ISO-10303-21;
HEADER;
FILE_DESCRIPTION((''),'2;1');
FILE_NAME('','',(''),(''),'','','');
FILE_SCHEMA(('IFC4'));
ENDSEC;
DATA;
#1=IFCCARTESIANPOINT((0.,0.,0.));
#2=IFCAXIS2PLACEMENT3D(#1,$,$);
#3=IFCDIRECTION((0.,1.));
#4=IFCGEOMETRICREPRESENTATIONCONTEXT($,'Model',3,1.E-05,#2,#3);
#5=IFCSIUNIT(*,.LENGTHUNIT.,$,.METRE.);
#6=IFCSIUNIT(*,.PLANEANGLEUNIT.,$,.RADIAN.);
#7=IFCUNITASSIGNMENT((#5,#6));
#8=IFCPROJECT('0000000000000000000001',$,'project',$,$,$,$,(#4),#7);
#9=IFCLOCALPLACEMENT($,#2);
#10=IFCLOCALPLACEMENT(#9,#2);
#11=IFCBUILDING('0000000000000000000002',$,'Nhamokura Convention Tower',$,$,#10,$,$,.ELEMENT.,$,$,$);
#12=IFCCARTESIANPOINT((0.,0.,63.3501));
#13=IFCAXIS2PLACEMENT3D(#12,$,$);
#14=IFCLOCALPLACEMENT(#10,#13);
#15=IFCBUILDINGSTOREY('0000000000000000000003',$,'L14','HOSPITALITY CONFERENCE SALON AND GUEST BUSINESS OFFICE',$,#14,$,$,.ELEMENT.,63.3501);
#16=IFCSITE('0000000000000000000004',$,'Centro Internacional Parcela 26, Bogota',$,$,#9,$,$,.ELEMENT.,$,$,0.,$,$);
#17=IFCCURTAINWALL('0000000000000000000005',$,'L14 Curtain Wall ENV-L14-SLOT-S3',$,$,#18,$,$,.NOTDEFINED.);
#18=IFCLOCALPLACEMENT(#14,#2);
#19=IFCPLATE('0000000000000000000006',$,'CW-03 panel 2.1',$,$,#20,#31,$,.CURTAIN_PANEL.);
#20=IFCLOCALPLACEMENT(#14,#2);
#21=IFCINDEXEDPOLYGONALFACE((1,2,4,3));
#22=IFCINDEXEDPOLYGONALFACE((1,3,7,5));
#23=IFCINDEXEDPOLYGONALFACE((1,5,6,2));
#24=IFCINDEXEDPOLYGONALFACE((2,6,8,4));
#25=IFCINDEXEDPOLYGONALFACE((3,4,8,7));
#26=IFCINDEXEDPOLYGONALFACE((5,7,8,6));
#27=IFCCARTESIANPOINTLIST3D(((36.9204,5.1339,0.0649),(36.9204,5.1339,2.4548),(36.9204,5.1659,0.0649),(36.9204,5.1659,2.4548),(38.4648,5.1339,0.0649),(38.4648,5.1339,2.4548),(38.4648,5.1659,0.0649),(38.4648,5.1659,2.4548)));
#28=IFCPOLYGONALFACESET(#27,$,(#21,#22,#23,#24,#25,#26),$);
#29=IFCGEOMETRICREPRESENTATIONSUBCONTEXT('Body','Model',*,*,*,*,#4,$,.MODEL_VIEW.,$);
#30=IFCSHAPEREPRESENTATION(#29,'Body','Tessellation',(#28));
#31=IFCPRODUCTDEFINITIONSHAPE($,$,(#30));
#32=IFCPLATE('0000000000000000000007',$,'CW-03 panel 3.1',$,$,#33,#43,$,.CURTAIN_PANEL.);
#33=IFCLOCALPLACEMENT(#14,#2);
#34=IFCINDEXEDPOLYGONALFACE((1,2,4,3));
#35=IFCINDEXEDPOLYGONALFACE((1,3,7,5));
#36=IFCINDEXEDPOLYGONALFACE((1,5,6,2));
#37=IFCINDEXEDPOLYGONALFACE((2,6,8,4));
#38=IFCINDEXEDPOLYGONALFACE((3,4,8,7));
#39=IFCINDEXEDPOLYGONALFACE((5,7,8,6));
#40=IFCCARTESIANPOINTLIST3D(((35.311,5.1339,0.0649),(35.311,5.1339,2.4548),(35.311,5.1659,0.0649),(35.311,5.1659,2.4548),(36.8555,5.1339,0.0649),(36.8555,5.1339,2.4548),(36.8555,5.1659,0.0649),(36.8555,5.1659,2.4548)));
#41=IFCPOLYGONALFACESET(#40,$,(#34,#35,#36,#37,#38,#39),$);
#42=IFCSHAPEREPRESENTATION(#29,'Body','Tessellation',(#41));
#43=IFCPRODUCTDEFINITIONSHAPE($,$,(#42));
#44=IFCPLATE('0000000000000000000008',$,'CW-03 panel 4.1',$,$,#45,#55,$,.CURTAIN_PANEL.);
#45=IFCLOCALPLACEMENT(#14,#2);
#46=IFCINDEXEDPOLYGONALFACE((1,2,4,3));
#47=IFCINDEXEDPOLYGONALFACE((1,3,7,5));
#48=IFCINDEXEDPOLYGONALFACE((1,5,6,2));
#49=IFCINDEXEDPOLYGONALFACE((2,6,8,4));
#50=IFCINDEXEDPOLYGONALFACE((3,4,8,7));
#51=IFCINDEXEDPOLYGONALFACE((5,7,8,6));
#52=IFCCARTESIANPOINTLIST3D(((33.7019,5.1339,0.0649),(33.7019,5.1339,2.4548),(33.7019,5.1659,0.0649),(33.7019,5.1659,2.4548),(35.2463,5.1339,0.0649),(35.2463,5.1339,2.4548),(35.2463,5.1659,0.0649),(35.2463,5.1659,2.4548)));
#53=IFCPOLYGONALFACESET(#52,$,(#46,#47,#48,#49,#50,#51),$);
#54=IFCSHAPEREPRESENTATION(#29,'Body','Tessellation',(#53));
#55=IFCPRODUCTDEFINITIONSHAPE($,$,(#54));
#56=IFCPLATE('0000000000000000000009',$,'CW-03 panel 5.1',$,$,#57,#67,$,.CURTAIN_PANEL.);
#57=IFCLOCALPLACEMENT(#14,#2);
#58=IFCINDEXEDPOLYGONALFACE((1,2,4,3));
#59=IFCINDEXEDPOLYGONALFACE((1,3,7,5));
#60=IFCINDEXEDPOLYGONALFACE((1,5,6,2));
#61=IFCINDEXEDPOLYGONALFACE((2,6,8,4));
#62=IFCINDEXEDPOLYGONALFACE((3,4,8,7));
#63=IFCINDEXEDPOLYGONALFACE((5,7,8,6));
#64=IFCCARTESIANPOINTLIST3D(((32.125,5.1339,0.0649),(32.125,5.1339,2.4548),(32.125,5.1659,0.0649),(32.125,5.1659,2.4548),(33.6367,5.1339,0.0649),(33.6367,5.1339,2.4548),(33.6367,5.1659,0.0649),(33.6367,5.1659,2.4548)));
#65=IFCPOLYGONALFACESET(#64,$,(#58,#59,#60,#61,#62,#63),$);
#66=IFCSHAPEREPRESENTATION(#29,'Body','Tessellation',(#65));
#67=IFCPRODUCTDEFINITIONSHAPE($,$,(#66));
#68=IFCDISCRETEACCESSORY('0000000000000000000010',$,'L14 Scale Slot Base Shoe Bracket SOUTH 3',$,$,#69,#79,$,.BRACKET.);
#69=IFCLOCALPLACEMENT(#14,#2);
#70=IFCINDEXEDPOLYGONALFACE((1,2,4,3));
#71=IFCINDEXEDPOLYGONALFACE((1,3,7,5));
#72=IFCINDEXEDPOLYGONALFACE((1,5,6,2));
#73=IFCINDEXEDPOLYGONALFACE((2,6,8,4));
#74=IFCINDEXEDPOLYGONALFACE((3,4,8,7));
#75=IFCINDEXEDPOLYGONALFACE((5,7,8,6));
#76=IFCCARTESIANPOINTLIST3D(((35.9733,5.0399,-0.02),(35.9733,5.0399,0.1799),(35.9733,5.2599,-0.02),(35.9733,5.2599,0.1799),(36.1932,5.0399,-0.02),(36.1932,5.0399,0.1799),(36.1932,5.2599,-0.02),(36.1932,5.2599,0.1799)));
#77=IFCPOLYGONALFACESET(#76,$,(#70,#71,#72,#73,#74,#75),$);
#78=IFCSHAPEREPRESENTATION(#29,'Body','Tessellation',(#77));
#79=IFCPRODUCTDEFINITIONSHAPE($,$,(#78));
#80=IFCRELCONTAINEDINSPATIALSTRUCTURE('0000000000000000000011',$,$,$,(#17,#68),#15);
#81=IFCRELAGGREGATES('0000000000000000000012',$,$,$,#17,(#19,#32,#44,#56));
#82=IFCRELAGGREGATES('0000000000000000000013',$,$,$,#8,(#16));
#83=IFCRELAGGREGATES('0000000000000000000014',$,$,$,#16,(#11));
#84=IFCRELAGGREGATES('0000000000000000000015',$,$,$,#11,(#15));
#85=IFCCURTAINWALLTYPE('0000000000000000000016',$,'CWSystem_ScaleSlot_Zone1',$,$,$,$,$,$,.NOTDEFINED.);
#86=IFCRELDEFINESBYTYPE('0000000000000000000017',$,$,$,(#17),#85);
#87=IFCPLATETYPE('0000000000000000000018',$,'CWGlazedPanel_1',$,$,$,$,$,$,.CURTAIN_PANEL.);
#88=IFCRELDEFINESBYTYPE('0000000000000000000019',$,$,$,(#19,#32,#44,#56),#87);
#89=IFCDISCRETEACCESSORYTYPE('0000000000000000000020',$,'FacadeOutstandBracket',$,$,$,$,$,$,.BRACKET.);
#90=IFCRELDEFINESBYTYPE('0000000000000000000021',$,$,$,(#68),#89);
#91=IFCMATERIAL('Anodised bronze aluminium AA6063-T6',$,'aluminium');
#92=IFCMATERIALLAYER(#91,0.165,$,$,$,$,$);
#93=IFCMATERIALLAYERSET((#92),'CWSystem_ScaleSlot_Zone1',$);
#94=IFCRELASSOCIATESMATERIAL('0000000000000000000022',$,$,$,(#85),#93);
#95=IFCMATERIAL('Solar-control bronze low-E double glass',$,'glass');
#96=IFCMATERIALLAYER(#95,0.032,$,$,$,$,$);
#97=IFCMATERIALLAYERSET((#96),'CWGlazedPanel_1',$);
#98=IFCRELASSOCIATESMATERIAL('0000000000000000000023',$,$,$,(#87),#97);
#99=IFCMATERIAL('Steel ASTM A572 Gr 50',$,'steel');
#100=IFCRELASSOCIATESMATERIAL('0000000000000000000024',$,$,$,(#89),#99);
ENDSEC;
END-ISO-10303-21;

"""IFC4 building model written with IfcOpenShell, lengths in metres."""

from ifc_helpers import new_model, si_unit, direction, frame, origin, origin_2d, place, context, subcontext, project, spatial, rectangle, extrude, material, layer, layer_set, type_object, element, aggregate, save


model = new_model("IFC4")

# Units and contexts
model_context = context("Model", 3, precision=1e-05, world=origin(), true_north=direction((0.0, 1.0)))
body_context = subcontext(model_context, "Body", "Model", "MODEL_VIEW")
ifc_project = project(units=[si_unit("LENGTHUNIT", "METRE"), si_unit("PLANEANGLEUNIT", "RADIAN")], contexts=[model_context])

# Site, building, storey
site_placement = place(None, origin())
site = spatial("IfcSite", under=ifc_project, at=site_placement, Name="Centro Internacional Parcela 26, Bogota", CompositionType="ELEMENT", RefElevation=0.0)
building_placement = place(site_placement, origin())
building = spatial("IfcBuilding", under=site, at=building_placement, Name="Nhamokura Convention Tower", CompositionType="ELEMENT")
storey_placement = place(building_placement, frame((0.0, 0.0, 63.3501)))
storey = spatial("IfcBuildingStorey", under=building, at=storey_placement, Name="L14", Description="HOSPITALITY CONFERENCE SALON AND GUEST BUSINESS OFFICE", CompositionType="ELEMENT", Elevation=63.3501)

# Curtain wall
ifc_material_1 = material(Name="Anodised bronze aluminium AA6063-T6", Category="aluminium")
ifc_layer_1 = layer(ifc_material_1, 0.165)
ifc_layer_set_1 = layer_set([ifc_layer_1], Name="CWSystem_ScaleSlot_Zone1")
curtain_wall_type = type_object("IfcCurtainWallType", Name="CWSystem_ScaleSlot_Zone1", PredefinedType="NOTDEFINED", material=ifc_layer_set_1)
curtain_wall_placement = place(storey_placement, origin())
curtain_wall = element("IfcCurtainWall", 1, at=curtain_wall_placement, inside=storey, type_object=curtain_wall_type, Name="L14 Curtain Wall ENV-L14-SLOT-S3", PredefinedType="NOTDEFINED")

# Plates
ifc_material_2 = material(Name="Solar-control bronze low-E double glass", Category="glass")
ifc_layer_2 = layer(ifc_material_2, 0.032)
ifc_layer_set_2 = layer_set([ifc_layer_2], Name="CWGlazedPanel_1")
plate_type = type_object("IfcPlateType", Name="CWGlazedPanel_1", PredefinedType="CURTAIN_PANEL", material=ifc_layer_set_2)
plate_1_placement = place(storey_placement, frame((37.6926, 5.1499, 0.0649), z_axis=(0.0, 0.0, 1.0), x_axis=(-1.0, 0.0, 0.0)))
plate_1 = element("IfcPlate", 2, at=plate_1_placement, type_object=plate_type, Name="CW-03 panel 2.1", PredefinedType="CURTAIN_PANEL", context=body_context, shape_type="SweptSolid", body=[
    extrude(rectangle(XDim=1.5444, YDim=0.032, at=origin_2d()), origin(), (0.0, 0.0, 1.0), 2.3899),
])
plate_2_placement = place(storey_placement, frame((36.0833, 5.1499, 0.0649), z_axis=(0.0, 0.0, 1.0), x_axis=(-1.0, 0.0, 0.0)))
plate_2 = element("IfcPlate", 3, at=plate_2_placement, type_object=plate_type, Name="CW-03 panel 3.1", PredefinedType="CURTAIN_PANEL", context=body_context, shape_type="SweptSolid", body=[
    extrude(rectangle(XDim=1.5444, YDim=0.032, at=origin_2d()), origin(), (0.0, 0.0, 1.0), 2.3899),
])
plate_3_placement = place(storey_placement, frame((34.4741, 5.1499, 0.0649), z_axis=(0.0, 0.0, 1.0), x_axis=(-1.0, 0.0, 0.0)))
plate_3 = element("IfcPlate", 4, at=plate_3_placement, type_object=plate_type, Name="CW-03 panel 4.1", PredefinedType="CURTAIN_PANEL", context=body_context, shape_type="SweptSolid", body=[
    extrude(rectangle(XDim=1.5444, YDim=0.032, at=origin_2d()), origin(), (0.0, 0.0, 1.0), 2.3899),
])
plate_4_placement = place(storey_placement, frame((32.8809, 5.1499, 0.0649), z_axis=(0.0, 0.0, 1.0), x_axis=(-1.0, 0.0, 0.0)))
plate_4 = element("IfcPlate", 5, at=plate_4_placement, type_object=plate_type, Name="CW-03 panel 5.1", PredefinedType="CURTAIN_PANEL", context=body_context, shape_type="SweptSolid", body=[
    extrude(rectangle(XDim=1.5117, YDim=0.032, at=origin_2d()), origin(), (0.0, 0.0, 1.0), 2.3899),
])
aggregate(curtain_wall, [plate_1, plate_2, plate_3, plate_4])

# Discrete accessory
ifc_material_3 = material(Name="Steel ASTM A572 Gr 50", Category="steel")
discrete_accessory_type = type_object("IfcDiscreteAccessoryType", Name="FacadeOutstandBracket", PredefinedType="BRACKET", material=ifc_material_3)
discrete_accessory_placement = place(storey_placement, frame((36.0833, 5.1499, -0.02), z_axis=(0.0, 0.0, 1.0), x_axis=(1.0, 0.0, 0.0)))
element("IfcDiscreteAccessory", 6, at=discrete_accessory_placement, inside=storey, type_object=discrete_accessory_type, Name="L14 Scale Slot Base Shoe Bracket SOUTH 3", PredefinedType="BRACKET", context=body_context, shape_type="SweptSolid", body=[
    extrude(rectangle(XDim=0.22, YDim=0.22, at=origin_2d()), origin(), (0.0, 0.0, 1.0), 0.2),
])

save(model, "model.ifc")
